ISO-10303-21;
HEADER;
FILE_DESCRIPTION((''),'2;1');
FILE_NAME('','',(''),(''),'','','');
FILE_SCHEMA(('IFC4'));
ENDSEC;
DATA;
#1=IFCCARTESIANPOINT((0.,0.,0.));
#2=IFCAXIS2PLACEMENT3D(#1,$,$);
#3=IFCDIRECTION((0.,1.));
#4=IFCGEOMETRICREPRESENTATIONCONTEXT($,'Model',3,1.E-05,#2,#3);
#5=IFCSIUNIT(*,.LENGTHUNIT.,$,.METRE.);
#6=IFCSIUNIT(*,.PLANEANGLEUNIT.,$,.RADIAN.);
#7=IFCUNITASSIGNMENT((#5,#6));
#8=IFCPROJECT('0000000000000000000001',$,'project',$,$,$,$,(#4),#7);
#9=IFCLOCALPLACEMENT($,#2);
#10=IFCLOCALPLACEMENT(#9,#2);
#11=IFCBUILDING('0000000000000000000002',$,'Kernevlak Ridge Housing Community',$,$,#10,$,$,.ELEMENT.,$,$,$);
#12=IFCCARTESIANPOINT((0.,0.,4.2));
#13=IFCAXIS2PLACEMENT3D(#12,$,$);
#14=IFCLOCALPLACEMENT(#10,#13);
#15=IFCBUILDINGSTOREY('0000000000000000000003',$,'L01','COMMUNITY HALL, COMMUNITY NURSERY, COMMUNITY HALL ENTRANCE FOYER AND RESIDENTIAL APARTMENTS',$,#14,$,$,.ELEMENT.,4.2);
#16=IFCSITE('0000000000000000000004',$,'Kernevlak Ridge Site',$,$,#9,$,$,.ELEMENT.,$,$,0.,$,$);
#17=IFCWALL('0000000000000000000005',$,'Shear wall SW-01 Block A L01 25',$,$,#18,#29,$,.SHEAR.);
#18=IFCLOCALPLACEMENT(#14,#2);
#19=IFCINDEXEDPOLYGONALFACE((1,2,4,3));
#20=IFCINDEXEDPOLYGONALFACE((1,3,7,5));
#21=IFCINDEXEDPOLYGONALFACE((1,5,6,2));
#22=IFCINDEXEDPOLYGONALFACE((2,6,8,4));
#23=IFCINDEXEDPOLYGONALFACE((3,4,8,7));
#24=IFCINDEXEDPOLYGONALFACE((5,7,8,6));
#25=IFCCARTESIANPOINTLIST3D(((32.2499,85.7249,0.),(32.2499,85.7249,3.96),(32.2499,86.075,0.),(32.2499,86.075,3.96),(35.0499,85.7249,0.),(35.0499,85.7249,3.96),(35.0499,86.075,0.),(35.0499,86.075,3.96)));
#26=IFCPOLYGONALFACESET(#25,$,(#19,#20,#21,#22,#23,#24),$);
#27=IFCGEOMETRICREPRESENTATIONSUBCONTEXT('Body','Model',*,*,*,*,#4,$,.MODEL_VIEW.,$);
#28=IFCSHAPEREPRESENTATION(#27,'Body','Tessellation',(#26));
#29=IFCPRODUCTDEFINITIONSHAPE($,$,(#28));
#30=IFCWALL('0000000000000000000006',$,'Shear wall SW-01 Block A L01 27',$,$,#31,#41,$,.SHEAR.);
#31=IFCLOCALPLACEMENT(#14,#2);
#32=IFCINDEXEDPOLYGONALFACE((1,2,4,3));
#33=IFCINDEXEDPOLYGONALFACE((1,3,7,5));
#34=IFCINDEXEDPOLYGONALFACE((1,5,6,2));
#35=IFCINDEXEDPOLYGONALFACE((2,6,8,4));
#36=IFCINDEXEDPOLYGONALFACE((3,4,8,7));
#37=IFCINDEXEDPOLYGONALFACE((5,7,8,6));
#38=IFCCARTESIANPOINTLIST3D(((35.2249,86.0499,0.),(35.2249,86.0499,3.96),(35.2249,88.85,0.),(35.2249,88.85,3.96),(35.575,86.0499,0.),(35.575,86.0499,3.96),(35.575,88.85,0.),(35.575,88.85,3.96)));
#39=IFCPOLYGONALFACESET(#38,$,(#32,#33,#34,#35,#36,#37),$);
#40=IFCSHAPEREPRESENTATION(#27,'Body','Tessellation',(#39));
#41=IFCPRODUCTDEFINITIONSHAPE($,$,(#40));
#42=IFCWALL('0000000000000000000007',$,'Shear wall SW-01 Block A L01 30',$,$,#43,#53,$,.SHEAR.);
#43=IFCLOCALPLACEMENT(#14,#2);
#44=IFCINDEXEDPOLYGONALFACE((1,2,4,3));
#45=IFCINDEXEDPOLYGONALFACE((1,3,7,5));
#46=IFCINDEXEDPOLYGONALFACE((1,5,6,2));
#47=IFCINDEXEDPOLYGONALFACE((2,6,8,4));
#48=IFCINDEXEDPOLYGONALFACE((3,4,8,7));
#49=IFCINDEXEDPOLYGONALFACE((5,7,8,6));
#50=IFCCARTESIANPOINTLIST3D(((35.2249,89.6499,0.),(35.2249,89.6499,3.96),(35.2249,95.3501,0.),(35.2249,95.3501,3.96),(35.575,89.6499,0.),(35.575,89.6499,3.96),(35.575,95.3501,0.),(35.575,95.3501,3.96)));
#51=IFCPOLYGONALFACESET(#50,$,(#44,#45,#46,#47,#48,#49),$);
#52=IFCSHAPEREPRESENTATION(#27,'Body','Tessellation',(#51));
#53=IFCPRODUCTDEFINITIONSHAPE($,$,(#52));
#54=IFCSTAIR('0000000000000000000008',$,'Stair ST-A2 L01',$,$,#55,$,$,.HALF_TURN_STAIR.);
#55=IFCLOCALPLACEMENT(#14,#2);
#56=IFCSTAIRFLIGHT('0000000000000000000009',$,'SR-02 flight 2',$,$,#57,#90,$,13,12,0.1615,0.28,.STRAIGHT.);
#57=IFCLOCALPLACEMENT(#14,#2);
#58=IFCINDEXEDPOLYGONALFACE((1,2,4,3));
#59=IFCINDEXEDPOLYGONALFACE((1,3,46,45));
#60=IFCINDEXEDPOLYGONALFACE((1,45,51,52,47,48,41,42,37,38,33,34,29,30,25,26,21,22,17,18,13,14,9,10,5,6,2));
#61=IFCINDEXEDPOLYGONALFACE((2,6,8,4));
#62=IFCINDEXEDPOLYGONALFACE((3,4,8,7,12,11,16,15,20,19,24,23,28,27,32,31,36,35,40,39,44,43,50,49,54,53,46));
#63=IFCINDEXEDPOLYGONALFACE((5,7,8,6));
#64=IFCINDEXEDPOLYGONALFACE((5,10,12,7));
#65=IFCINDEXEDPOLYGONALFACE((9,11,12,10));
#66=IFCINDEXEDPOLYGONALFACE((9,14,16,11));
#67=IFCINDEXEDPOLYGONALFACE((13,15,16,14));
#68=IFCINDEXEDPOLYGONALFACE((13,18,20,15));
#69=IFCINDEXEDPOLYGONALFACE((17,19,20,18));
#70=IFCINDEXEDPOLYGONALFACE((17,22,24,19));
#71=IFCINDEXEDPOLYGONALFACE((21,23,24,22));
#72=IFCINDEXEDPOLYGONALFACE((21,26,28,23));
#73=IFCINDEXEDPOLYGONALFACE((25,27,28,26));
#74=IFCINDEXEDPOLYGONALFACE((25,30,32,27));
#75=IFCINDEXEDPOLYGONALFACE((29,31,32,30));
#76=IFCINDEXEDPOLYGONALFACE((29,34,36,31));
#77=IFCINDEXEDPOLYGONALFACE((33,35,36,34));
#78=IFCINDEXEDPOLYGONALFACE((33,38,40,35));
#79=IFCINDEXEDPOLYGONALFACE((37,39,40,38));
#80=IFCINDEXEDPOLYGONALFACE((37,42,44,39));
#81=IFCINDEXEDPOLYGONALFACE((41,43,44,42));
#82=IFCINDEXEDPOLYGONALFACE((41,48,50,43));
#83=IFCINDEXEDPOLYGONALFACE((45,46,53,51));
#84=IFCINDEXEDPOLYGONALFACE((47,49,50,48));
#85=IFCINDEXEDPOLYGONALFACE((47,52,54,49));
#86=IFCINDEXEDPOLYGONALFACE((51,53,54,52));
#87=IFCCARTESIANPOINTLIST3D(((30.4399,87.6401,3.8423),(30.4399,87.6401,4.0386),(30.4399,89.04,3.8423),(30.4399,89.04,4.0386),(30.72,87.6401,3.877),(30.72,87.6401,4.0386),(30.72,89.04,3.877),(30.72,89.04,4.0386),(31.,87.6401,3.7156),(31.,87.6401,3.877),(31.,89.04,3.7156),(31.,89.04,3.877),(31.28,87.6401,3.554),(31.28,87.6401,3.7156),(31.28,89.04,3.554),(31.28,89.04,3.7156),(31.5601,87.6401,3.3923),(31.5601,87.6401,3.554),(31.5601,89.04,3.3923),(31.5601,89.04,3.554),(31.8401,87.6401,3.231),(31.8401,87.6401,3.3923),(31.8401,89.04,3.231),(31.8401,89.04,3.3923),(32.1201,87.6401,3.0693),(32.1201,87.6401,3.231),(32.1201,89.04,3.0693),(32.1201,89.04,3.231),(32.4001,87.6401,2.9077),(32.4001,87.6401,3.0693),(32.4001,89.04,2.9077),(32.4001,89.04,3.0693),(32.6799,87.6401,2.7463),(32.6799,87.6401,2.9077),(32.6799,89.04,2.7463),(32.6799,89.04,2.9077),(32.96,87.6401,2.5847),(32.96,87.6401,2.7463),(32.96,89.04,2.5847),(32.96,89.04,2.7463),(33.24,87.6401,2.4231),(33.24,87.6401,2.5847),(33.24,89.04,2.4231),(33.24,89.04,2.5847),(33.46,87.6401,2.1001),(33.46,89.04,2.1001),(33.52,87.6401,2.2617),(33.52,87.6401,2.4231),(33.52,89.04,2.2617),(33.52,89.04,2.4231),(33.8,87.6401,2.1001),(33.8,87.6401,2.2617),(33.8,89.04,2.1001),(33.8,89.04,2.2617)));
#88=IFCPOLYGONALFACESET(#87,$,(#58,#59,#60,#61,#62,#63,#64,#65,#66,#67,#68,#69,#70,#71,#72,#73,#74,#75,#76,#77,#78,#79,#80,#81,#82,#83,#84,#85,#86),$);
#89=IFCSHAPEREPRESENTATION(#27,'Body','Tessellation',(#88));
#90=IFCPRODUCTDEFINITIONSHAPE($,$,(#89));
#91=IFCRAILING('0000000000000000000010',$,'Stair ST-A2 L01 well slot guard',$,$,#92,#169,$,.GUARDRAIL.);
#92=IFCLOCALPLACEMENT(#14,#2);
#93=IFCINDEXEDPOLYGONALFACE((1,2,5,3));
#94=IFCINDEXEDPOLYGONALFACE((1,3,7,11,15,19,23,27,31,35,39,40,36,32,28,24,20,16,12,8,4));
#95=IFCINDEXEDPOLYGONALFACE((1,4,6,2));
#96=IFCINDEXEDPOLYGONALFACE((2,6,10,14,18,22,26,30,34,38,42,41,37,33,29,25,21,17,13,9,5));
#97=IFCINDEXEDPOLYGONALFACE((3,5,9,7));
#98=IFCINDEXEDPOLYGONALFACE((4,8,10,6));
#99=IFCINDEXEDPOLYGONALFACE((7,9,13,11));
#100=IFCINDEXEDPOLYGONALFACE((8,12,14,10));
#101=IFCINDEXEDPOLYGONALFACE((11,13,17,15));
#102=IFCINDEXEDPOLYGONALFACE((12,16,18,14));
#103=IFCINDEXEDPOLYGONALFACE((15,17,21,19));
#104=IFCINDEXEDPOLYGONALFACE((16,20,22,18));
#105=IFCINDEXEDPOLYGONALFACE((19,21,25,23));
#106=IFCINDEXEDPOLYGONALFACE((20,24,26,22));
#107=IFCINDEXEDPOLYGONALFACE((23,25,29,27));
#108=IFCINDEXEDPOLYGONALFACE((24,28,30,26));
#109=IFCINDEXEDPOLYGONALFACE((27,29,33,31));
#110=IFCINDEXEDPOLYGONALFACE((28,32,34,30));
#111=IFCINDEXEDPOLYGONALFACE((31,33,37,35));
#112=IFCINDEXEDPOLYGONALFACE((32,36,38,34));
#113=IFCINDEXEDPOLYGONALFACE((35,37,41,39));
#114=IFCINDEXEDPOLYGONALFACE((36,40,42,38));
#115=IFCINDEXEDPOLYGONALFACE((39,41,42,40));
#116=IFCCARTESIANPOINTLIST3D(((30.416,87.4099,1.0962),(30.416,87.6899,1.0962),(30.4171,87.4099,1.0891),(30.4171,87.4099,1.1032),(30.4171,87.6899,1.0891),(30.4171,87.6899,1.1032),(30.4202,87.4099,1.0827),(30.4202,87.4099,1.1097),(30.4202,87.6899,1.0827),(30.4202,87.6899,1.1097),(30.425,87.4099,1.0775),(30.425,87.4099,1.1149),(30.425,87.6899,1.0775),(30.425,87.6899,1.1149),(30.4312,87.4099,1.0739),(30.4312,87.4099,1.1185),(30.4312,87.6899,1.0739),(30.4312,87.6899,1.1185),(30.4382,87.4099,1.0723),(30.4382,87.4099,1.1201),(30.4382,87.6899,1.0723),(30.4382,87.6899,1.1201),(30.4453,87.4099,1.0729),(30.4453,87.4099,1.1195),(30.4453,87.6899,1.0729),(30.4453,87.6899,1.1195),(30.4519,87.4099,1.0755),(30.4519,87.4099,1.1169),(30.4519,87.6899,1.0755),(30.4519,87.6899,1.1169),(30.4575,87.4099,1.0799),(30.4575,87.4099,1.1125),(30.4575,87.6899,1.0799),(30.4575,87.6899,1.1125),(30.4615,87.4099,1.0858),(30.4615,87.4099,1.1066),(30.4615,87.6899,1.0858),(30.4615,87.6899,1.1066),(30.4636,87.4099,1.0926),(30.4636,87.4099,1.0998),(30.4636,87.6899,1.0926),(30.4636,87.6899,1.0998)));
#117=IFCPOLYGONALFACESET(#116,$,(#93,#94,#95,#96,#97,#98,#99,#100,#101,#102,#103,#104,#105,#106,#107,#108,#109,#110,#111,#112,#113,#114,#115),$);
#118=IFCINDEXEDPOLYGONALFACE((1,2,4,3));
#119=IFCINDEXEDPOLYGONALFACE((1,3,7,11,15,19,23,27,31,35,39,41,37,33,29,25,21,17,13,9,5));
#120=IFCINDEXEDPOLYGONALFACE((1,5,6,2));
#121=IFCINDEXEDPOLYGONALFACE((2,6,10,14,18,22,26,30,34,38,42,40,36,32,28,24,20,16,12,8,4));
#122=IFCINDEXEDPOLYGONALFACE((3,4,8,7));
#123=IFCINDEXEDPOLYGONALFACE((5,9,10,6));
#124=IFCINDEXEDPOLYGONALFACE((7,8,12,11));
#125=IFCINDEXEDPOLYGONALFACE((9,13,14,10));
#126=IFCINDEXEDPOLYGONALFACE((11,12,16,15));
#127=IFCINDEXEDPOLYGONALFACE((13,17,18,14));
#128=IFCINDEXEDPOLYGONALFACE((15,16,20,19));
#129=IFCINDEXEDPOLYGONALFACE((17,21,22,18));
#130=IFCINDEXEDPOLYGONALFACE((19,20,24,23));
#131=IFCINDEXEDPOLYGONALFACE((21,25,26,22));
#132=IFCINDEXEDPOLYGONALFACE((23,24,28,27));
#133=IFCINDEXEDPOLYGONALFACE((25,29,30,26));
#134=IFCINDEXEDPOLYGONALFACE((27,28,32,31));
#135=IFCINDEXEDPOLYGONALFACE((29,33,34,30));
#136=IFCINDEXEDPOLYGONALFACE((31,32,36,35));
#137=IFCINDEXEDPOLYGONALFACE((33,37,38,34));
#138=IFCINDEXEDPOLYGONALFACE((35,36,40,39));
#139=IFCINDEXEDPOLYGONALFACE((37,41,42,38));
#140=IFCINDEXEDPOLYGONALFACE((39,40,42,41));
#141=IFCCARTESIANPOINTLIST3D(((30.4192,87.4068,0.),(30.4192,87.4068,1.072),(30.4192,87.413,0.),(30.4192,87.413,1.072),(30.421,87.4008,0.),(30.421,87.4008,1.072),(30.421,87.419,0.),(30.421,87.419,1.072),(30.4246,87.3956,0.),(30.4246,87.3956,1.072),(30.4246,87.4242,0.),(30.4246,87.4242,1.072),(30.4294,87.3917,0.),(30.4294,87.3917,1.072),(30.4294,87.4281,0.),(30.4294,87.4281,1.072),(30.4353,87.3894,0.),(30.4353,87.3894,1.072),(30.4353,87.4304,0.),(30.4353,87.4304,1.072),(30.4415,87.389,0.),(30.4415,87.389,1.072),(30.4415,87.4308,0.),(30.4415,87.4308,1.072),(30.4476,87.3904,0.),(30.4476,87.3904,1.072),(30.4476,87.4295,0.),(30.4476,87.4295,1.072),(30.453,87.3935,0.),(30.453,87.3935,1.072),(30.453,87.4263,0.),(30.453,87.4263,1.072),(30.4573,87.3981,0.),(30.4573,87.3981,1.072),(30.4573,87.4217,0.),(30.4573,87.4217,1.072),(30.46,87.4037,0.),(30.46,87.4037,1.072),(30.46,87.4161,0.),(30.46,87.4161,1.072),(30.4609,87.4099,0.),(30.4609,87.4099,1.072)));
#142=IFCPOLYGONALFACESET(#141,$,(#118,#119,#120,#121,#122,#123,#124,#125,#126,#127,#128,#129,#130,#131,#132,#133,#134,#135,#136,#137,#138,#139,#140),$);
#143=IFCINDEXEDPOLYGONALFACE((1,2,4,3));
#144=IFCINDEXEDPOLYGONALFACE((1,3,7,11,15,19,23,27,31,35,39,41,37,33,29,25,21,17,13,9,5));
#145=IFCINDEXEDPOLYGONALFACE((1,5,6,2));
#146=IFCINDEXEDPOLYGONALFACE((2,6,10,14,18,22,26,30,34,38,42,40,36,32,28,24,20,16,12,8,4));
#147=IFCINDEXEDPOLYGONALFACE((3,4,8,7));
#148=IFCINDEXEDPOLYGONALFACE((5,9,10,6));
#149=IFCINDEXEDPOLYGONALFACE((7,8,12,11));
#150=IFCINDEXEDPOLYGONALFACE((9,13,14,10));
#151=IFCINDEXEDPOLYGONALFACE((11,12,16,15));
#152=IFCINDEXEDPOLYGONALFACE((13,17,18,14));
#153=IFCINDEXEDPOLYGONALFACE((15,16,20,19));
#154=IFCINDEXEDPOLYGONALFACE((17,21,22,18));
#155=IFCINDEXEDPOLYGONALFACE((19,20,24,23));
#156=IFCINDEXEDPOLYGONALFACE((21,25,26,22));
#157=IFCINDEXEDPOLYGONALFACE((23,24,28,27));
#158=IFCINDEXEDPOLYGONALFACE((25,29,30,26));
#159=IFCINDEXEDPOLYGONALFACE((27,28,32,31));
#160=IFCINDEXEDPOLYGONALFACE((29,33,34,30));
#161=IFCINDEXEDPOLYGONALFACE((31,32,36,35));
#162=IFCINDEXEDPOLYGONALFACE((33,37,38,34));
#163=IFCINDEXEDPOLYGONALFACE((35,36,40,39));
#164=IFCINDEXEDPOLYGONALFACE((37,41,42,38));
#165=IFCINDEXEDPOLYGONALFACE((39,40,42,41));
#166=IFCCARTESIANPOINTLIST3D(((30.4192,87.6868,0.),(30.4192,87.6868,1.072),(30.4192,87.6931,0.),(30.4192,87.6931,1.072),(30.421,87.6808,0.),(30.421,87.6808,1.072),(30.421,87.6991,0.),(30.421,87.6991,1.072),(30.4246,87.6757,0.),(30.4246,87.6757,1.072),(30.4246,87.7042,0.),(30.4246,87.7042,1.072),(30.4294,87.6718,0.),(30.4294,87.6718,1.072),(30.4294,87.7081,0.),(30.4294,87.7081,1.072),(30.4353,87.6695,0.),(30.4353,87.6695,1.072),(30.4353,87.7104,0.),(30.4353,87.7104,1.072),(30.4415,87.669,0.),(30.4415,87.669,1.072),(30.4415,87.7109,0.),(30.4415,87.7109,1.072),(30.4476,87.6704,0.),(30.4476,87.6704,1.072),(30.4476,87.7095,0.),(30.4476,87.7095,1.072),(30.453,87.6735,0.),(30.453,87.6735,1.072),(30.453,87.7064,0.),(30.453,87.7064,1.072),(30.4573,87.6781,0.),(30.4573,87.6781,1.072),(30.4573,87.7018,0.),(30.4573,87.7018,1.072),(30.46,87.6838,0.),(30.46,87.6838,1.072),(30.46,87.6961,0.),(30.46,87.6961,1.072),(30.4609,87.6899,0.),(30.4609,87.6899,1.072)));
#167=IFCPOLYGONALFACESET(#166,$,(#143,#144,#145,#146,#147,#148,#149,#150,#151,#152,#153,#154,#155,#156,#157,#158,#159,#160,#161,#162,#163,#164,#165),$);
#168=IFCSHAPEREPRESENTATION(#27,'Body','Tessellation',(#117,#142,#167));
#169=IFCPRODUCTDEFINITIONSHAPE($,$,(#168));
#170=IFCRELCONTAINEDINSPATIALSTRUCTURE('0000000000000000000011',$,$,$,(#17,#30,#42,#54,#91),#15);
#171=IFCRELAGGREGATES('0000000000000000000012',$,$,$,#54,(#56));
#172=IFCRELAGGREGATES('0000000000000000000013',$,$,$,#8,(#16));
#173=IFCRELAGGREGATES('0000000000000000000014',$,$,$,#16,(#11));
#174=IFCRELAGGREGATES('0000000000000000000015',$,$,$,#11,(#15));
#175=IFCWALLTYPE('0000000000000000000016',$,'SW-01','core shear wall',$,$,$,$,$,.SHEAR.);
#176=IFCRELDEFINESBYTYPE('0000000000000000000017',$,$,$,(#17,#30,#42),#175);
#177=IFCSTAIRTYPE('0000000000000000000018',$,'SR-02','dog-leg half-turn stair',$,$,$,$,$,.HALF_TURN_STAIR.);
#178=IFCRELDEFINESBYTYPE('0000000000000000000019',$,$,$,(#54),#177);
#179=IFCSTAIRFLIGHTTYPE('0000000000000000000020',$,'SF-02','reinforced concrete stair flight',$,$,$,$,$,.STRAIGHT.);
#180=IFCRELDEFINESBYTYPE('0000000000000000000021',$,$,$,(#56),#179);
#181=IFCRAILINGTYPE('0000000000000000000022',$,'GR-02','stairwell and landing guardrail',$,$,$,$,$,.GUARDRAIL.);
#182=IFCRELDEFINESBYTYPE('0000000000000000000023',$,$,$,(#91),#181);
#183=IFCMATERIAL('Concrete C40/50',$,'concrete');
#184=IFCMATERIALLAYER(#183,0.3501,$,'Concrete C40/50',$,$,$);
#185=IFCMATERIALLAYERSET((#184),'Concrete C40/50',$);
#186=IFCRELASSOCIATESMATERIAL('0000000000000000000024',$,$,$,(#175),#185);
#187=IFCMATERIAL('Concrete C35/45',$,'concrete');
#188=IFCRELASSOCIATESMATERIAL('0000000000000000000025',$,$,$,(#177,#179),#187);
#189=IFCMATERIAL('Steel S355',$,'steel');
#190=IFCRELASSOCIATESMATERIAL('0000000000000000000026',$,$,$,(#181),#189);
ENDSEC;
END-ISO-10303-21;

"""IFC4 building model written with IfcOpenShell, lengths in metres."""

from ifc_helpers import new_model, si_unit, direction, frame, frame_2d, origin, origin_2d, place, context, subcontext, project, spatial, polyline, rectangle, circle, outline, extrude, material, layer, layer_set, type_object, element, aggregate, save


model = new_model("IFC4")

# Units and contexts
model_context = context("Model", 3, precision=1e-05, world=origin(), true_north=direction((0.0, 1.0)))
body_context = subcontext(model_context, "Body", "Model", "MODEL_VIEW")
ifc_project = project(units=[si_unit("LENGTHUNIT", "METRE"), si_unit("PLANEANGLEUNIT", "RADIAN")], contexts=[model_context])

# Site, building, storey
site_placement = place(None, origin())
site = spatial("IfcSite", under=ifc_project, at=site_placement, Name="Kernevlak Ridge Site", CompositionType="ELEMENT", RefElevation=0.0)
building_placement = place(site_placement, origin())
building = spatial("IfcBuilding", under=site, at=building_placement, Name="Kernevlak Ridge Housing Community", CompositionType="ELEMENT")
storey_placement = place(building_placement, frame((0.0, 0.0, 4.2)))
storey = spatial("IfcBuildingStorey", under=building, at=storey_placement, Name="L01", Description="COMMUNITY HALL, COMMUNITY NURSERY, COMMUNITY HALL ENTRANCE FOYER AND RESIDENTIAL APARTMENTS", CompositionType="ELEMENT", Elevation=4.2)

# Shared definitions
ifc_material_1 = material(Name="Concrete C40/50", Category="concrete")

# Shared definitions
ifc_material_2 = material(Name="Concrete C35/45", Category="concrete")

# Walls
ifc_layer_1 = layer(ifc_material_1, 0.3501, Name="Concrete C40/50")
ifc_layer_set_1 = layer_set([ifc_layer_1], Name="Concrete C40/50")
wall_type_1 = type_object("IfcWallType", Name="SW-01", Description="core shear wall", PredefinedType="SHEAR", material=ifc_layer_set_1)
for number, where, z_axis, x_axis, name in (
    (1, (32.25, 85.8999, 0.0), (0.0, 0.0, 1.0), (1.0, 0.0, 0.0), "Shear wall SW-01 Block A L01 25"),
    (2, (35.3999, 86.05, 0.0), (0.0, 0.0, 1.0), (0.0, 1.0, 0.0), "Shear wall SW-01 Block A L01 27"),
):
    element("IfcWall", number, at=place(storey_placement, frame(where, z_axis=z_axis, x_axis=x_axis)), inside=storey, type_object=wall_type_1, Name=name, PredefinedType="SHEAR", context=body_context, shape_type="SweptSolid", body=[
        extrude(rectangle(XDim=2.8, YDim=0.3501, at=frame_2d((1.3999, 0.0))), origin(), (0.0, 0.0, 1.0), 3.96),
    ])
wall_1_placement = place(storey_placement, frame((35.3999, 89.6499, 0.0), z_axis=(0.0, 0.0, 1.0), x_axis=(0.0, 1.0, 0.0)))
element("IfcWall", 3, at=wall_1_placement, inside=storey, type_object=wall_type_1, Name="Shear wall SW-01 Block A L01 30", PredefinedType="SHEAR", context=body_context, shape_type="SweptSolid", body=[
    extrude(rectangle(XDim=5.7002, YDim=0.3501, at=frame_2d((2.8501, 0.0))), origin(), (0.0, 0.0, 1.0), 3.96),
])

# Stair, stair flight
stair_type = type_object("IfcStairType", Name="SR-02", Description="dog-leg half-turn stair", PredefinedType="HALF_TURN_STAIR", material=ifc_material_2)
stair_placement = place(storey_placement, origin())
stair = element("IfcStair", 4, at=stair_placement, inside=storey, type_object=stair_type, Name="Stair ST-A2 L01", PredefinedType="HALF_TURN_STAIR")
stair_flight_type = type_object("IfcStairFlightType", Name="SF-02", Description="reinforced concrete stair flight", PredefinedType="STRAIGHT", material=ifc_material_2)
stair_flight_placement = place(storey_placement, frame((33.8, 88.3401, 2.1001), z_axis=(0.0, 0.0, 1.0), x_axis=(-1.0, 0.0, 0.0)))
stair_flight = element("IfcStairFlight", 5, at=stair_flight_placement, type_object=stair_flight_type, Name="SR-02 flight 2", NumberOfRisers=13, NumberOfTreads=12, PredefinedType="STRAIGHT", RiserHeight=0.1615, TreadLength=0.28, context=body_context, shape_type="SweptSolid", body=[
    extrude(outline(polyline([(0.0, 0.0), (0.0, 0.1616), (0.28, 0.1616), (0.28, 0.323), (0.5601, 0.323), (0.5601, 0.4846), (0.8401, 0.4846), (0.8401, 0.6462), (1.1201, 0.6462), (1.1201, 0.8076), (1.3999, 0.8076), (1.3999, 0.9692), (1.6799, 0.9692), (1.6799, 1.1309), (1.96, 1.1309), (1.96, 1.2922), (2.24, 1.2922), (2.24, 1.4539), (2.52, 1.4539), (2.52, 1.6155), (2.8, 1.6155), (2.8, 1.7769), (3.0801, 1.7769), (3.0801, 1.9385), (3.3601, 1.9385), (3.3601, 2.1001), (3.3601, 1.7422), (0.3401, 0.0), (0.0, 0.0)])), frame((0.0, 0.7, 0.0), z_axis=(0.0, -1.0, 0.0), x_axis=(1.0, 0.0, 0.0)), (0.0, 0.0, 1.0), 1.3999),
])
aggregate(stair, [stair_flight])

# Railing
ifc_material_3 = material(Name="Steel S355", Category="steel")
railing_type_1 = type_object("IfcRailingType", Name="GR-02", Description="stairwell and landing guardrail", PredefinedType="GUARDRAIL", material=ifc_material_3)
railing_1_placement = place(storey_placement, frame((30.4399, 87.4099, 0.0)))
element("IfcRailing", 6, at=railing_1_placement, inside=storey, type_object=railing_type_1, Name="Stair ST-A2 L01 well slot guard", PredefinedType="GUARDRAIL", context=body_context, shape_type="SweptSolid", body=[
    extrude(circle(Radius=0.0239, at=origin_2d()), frame((0.0, 0.0, 1.0962), z_axis=(0.0, 1.0, 0.0), x_axis=(-1.0, 0.0, 0.0)), (0.0, 0.0, 1.0), 0.28),
    extrude(circle(Radius=0.021, at=origin_2d()), origin(), (0.0, 0.0, 1.0), 1.072),
    extrude(circle(Radius=0.021, at=origin_2d()), frame((0.0, 0.28, 0.0)), (0.0, 0.0, 1.0), 1.072),
])

save(model, "model.ifc")
